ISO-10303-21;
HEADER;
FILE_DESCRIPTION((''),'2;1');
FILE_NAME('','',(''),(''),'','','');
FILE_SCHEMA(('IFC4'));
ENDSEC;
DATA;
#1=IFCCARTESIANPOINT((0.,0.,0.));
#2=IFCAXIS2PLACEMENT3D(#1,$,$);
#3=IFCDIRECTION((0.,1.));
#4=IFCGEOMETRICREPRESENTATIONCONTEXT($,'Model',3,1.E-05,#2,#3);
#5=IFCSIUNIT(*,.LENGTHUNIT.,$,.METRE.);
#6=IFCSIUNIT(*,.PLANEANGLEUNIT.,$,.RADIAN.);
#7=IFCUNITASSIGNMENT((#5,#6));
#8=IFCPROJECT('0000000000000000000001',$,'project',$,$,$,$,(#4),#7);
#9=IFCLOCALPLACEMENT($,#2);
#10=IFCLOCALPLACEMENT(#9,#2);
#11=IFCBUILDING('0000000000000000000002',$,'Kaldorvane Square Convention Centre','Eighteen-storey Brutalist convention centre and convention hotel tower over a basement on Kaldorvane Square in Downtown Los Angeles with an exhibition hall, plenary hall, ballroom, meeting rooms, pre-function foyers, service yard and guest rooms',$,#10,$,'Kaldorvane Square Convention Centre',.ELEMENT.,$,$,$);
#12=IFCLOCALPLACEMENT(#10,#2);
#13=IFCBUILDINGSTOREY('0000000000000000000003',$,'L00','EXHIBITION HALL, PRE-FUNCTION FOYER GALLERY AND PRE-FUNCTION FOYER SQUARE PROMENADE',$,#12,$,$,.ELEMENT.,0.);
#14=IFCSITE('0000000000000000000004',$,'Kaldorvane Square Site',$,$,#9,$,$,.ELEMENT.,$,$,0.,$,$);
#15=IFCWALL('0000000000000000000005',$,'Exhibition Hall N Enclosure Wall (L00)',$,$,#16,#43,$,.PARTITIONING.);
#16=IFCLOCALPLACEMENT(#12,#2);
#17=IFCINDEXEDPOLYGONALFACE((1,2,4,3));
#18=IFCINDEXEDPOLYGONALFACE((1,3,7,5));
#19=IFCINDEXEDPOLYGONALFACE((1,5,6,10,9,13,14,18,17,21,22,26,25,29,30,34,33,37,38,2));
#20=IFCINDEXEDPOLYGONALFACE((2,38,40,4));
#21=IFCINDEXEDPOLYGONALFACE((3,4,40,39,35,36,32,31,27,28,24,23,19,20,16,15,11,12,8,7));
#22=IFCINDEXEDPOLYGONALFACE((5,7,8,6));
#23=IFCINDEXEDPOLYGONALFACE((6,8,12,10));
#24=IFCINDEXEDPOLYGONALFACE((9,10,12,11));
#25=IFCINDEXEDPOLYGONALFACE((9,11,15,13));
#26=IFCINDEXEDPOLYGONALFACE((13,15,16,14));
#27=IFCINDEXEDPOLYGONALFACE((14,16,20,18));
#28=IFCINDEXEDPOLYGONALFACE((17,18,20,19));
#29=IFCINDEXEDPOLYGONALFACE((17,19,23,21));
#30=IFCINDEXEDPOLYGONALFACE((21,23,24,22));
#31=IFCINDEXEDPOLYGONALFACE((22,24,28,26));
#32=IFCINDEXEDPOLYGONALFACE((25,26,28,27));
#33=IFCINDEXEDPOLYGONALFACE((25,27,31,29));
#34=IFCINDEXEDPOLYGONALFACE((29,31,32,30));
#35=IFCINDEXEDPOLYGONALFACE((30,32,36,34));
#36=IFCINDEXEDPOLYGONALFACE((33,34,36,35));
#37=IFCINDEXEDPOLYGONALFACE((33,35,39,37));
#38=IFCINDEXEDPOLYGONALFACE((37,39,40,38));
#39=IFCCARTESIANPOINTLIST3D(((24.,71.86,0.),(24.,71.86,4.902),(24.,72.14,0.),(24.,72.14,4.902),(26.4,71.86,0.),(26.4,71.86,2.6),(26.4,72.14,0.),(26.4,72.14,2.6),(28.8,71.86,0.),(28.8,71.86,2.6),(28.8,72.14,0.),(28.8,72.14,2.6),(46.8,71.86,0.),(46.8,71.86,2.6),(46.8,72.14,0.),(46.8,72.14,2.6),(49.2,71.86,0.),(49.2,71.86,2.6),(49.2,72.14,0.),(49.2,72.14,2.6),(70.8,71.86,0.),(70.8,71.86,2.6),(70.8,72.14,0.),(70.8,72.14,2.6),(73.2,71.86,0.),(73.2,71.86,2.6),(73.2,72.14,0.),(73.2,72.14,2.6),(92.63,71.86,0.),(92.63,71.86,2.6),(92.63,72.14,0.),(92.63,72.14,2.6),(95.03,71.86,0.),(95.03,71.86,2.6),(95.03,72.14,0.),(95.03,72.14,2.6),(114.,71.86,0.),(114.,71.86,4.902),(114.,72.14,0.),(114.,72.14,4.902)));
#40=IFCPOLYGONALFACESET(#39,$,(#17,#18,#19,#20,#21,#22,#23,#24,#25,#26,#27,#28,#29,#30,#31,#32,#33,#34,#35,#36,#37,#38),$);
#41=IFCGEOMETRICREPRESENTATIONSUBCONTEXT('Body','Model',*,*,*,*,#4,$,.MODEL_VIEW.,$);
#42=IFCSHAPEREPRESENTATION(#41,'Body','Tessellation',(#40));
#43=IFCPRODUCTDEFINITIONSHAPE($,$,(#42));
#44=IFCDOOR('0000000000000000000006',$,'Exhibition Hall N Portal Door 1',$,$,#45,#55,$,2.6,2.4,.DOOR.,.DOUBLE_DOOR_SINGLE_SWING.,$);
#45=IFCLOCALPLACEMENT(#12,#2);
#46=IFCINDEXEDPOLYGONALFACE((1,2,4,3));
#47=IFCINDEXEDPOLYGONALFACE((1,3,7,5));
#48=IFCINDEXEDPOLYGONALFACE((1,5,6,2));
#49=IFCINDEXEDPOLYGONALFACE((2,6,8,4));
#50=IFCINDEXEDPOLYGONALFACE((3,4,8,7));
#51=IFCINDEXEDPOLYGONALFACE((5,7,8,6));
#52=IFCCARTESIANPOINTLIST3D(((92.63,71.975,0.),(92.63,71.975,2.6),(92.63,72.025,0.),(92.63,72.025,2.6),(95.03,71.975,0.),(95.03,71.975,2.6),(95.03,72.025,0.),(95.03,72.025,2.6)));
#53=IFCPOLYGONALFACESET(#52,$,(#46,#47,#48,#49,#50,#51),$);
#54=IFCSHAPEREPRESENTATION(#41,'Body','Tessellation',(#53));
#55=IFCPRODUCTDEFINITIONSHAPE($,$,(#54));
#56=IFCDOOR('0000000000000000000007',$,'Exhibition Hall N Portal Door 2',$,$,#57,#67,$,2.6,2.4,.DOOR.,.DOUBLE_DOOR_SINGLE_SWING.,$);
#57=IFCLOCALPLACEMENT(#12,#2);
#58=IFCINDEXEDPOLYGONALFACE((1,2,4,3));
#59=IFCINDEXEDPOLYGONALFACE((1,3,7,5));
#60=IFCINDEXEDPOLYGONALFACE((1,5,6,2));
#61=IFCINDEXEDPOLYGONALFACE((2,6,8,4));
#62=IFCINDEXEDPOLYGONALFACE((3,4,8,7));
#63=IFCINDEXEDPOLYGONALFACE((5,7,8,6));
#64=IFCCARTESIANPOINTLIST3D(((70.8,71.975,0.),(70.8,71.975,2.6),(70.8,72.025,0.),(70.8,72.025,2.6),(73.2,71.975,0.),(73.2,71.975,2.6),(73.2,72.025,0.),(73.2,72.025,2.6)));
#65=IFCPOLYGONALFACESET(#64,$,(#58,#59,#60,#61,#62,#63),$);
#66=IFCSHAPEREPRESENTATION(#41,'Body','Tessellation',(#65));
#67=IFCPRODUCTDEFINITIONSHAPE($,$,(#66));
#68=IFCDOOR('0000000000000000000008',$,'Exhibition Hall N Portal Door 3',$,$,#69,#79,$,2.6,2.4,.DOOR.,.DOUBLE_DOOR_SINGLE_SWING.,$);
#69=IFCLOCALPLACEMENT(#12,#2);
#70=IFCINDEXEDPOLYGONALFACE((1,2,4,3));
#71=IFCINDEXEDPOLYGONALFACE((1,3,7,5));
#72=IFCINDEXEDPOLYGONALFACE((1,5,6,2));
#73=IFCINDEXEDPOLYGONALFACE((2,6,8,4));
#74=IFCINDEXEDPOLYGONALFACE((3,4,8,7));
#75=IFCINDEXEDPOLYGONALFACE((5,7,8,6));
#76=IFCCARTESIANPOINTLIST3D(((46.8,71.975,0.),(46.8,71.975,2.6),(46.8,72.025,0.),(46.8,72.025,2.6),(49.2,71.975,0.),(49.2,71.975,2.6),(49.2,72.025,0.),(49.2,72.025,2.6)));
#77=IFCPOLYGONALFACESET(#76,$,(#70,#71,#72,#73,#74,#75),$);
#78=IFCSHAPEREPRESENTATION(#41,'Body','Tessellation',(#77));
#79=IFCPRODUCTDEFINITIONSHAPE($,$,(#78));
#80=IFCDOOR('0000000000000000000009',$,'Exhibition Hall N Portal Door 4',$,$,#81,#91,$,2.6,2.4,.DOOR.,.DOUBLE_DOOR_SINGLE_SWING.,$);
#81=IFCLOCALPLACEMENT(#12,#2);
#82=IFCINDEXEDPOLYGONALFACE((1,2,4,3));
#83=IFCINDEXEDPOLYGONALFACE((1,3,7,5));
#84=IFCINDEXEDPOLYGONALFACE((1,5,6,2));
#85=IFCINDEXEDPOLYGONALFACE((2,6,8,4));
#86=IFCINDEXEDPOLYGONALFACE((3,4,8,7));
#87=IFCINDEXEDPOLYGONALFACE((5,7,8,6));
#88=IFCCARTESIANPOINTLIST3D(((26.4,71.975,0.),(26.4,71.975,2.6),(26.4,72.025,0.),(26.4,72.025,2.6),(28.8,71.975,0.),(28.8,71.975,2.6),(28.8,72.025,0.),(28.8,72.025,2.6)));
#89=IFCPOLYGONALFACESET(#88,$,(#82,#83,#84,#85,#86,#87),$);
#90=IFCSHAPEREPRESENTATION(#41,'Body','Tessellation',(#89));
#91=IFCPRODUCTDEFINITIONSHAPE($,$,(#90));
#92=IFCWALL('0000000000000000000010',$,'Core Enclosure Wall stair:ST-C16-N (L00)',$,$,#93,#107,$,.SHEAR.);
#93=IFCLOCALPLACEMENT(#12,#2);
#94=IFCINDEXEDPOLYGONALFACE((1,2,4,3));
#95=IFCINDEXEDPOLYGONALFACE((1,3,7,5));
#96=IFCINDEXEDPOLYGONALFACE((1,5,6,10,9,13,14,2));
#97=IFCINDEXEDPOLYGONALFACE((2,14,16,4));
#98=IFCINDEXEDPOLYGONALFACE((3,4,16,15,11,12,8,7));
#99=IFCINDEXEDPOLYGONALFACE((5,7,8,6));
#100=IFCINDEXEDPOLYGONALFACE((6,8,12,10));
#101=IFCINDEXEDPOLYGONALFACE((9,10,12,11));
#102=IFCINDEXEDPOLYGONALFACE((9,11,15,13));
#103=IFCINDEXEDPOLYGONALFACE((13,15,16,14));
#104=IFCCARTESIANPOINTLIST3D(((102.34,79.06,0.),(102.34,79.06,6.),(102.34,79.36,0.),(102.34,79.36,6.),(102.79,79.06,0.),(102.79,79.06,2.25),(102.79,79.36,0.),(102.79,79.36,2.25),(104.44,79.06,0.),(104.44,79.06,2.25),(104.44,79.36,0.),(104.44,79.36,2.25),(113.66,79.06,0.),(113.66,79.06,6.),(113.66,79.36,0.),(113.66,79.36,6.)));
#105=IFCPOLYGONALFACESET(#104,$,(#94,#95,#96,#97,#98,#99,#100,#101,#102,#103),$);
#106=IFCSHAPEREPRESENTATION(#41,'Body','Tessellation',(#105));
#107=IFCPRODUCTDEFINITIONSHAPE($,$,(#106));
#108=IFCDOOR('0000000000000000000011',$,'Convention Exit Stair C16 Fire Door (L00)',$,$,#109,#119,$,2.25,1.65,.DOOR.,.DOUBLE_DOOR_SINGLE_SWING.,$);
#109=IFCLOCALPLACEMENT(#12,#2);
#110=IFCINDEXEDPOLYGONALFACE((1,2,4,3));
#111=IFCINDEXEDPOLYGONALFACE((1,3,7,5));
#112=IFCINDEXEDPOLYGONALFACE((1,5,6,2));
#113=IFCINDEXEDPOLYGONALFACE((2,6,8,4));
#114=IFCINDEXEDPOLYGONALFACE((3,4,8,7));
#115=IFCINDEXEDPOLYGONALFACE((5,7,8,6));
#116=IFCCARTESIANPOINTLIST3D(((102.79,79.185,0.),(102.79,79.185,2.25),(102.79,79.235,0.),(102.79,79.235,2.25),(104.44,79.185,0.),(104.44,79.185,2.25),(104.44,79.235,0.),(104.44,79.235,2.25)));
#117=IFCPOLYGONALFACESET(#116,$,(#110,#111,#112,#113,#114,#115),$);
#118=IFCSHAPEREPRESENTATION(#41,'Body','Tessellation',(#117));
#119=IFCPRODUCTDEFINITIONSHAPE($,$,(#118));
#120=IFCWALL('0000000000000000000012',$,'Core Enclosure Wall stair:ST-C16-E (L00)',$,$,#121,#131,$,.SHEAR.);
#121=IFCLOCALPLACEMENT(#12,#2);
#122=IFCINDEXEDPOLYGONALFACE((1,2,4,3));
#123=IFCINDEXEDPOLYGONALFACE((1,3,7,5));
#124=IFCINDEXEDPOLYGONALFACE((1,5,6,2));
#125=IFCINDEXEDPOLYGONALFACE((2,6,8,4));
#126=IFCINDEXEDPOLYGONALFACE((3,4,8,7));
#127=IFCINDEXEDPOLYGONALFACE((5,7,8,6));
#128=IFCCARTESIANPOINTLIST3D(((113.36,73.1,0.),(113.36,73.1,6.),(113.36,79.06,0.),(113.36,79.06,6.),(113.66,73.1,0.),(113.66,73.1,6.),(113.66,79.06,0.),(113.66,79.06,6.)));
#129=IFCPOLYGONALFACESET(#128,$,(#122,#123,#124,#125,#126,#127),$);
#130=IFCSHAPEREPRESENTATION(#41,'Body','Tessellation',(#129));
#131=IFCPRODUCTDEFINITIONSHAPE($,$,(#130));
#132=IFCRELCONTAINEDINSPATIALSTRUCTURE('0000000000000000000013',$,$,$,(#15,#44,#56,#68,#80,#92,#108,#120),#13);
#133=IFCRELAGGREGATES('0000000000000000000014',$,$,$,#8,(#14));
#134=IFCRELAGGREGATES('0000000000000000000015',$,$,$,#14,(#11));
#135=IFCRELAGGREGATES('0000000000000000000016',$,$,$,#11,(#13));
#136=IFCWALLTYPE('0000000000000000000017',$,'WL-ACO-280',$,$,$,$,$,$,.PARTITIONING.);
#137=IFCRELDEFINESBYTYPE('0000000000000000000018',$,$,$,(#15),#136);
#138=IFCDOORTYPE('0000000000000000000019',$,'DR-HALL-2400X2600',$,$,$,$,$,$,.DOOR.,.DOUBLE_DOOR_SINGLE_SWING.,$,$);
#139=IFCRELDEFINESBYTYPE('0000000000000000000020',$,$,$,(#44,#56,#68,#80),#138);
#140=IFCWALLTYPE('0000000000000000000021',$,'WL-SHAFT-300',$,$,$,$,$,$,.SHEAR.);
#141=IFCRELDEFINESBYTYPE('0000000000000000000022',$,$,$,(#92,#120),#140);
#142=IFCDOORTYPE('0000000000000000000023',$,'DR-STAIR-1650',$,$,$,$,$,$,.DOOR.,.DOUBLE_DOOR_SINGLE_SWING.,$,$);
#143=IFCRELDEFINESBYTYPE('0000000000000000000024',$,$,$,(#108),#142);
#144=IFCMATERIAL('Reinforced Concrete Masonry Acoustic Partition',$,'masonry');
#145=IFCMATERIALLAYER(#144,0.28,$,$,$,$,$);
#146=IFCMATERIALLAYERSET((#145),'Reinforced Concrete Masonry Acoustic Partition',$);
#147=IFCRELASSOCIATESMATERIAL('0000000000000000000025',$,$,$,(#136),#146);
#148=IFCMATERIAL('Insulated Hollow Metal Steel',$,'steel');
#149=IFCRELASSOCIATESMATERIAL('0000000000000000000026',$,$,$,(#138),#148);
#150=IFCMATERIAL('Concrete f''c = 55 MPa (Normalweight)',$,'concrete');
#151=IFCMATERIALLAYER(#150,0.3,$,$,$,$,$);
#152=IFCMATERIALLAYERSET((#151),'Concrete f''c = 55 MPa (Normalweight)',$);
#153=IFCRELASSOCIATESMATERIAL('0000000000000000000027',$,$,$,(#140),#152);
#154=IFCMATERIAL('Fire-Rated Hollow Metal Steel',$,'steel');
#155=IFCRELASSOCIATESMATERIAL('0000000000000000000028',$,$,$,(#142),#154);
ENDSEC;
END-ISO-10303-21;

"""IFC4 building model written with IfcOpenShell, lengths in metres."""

from ifc_helpers import new_model, si_unit, direction, frame, frame_2d, origin, place, context, subcontext, project, spatial, rectangle, extrude, material, layer, layer_set, type_object, element, fill, save


model = new_model("IFC4")

# Units and contexts
model_context = context("Model", 3, precision=1e-05, world=origin(), true_north=direction((0.0, 1.0)))
body_context = subcontext(model_context, "Body", "Model", "MODEL_VIEW")
ifc_project = project(units=[si_unit("LENGTHUNIT", "METRE"), si_unit("PLANEANGLEUNIT", "RADIAN")], contexts=[model_context])

# Site, building, storey
site_placement = place(None, origin())
site = spatial("IfcSite", under=ifc_project, at=site_placement, Name="Kaldorvane Square Site", CompositionType="ELEMENT", RefElevation=0.0)
building_placement = place(site_placement, origin())
building = spatial("IfcBuilding", under=site, at=building_placement, Name="Kaldorvane Square Convention Centre", Description="Eighteen-storey Brutalist convention centre and convention hotel tower over a basement on Kaldorvane Square in Downtown Los Angeles with an exhibition hall, plenary hall, ballroom, meeting rooms, pre-function foyers, service yard and guest rooms", LongName="Kaldorvane Square Convention Centre", CompositionType="ELEMENT")
storey_placement = place(building_placement, origin())
storey = spatial("IfcBuildingStorey", under=building, at=storey_placement, Name="L00", Description="EXHIBITION HALL, PRE-FUNCTION FOYER GALLERY AND PRE-FUNCTION FOYER SQUARE PROMENADE", CompositionType="ELEMENT", Elevation=0.0)

# Shared definitions
ifc_material_1 = material(Name="Concrete f'c = 55 MPa (Normalweight)", Category="concrete")

# Wall, openings, doors
ifc_material_2 = material(Name="Reinforced Concrete Masonry Acoustic Partition", Category="masonry")
ifc_layer_1 = layer(ifc_material_2, 0.28)
ifc_layer_set_1 = layer_set([ifc_layer_1], Name="Reinforced Concrete Masonry Acoustic Partition")
wall_type_1 = type_object("IfcWallType", Name="WL-ACO-280", PredefinedType="PARTITIONING", material=ifc_layer_set_1)
wall_1_placement = place(storey_placement, frame((114.0, 72.0, 0.0), z_axis=(0.0, 0.0, 1.0), x_axis=(-1.0, 0.0, 0.0)))
wall_1 = element("IfcWall", 1, at=wall_1_placement, inside=storey, type_object=wall_type_1, Name="Exhibition Hall N Enclosure Wall (L00)", PredefinedType="PARTITIONING", context=body_context, shape_type="SweptSolid", body=[
    extrude(rectangle(XDim=90.0, YDim=0.28, at=frame_2d((45.0, 0.0))), origin(), (0.0, 0.0, 1.0), 4.902),
])
opening_1_placement = place(wall_1_placement, frame((18.97, 0.0, 0.0)))
opening_1 = element("IfcOpeningElement", 2, at=opening_1_placement, cuts=wall_1, PredefinedType="OPENING", context=body_context, shape_type="SweptSolid", body=[
    extrude(rectangle(XDim=2.4, YDim=2.6, at=frame_2d((1.2, 1.3))), frame((0.0, 0.155, 0.0), z_axis=(0.0, -1.0, 0.0), x_axis=(1.0, 0.0, 0.0)), (0.0, 0.0, 1.0), 0.31),
])
opening_2_placement = place(wall_1_placement, frame((40.8, 0.0, 0.0)))
opening_2 = element("IfcOpeningElement", 3, at=opening_2_placement, cuts=wall_1, PredefinedType="OPENING", context=body_context, shape_type="SweptSolid", body=[
    extrude(rectangle(XDim=2.4, YDim=2.6, at=frame_2d((1.2, 1.3))), frame((0.0, 0.155, 0.0), z_axis=(0.0, -1.0, 0.0), x_axis=(1.0, 0.0, 0.0)), (0.0, 0.0, 1.0), 0.31),
])
opening_3_placement = place(wall_1_placement, frame((64.8, 0.0, 0.0)))
opening_3 = element("IfcOpeningElement", 4, at=opening_3_placement, cuts=wall_1, PredefinedType="OPENING", context=body_context, shape_type="SweptSolid", body=[
    extrude(rectangle(XDim=2.4, YDim=2.6, at=frame_2d((1.2, 1.3))), frame((0.0, 0.155, 0.0), z_axis=(0.0, -1.0, 0.0), x_axis=(1.0, 0.0, 0.0)), (0.0, 0.0, 1.0), 0.31),
])
opening_4_placement = place(wall_1_placement, frame((85.2, 0.0, 0.0)))
opening_4 = element("IfcOpeningElement", 5, at=opening_4_placement, cuts=wall_1, PredefinedType="OPENING", context=body_context, shape_type="SweptSolid", body=[
    extrude(rectangle(XDim=2.4, YDim=2.6, at=frame_2d((1.2, 1.3))), frame((0.0, 0.155, 0.0), z_axis=(0.0, -1.0, 0.0), x_axis=(1.0, 0.0, 0.0)), (0.0, 0.0, 1.0), 0.31),
])
ifc_material_3 = material(Name="Insulated Hollow Metal Steel", Category="steel")
door_type_1 = type_object("IfcDoorType", Name="DR-HALL-2400X2600", OperationType="DOUBLE_DOOR_SINGLE_SWING", PredefinedType="DOOR", material=ifc_material_3)
door_1_placement = place(opening_1_placement, origin())
door_1 = element("IfcDoor", 6, at=door_1_placement, inside=storey, type_object=door_type_1, Name="Exhibition Hall N Portal Door 1", OperationType="DOUBLE_DOOR_SINGLE_SWING", OverallHeight=2.6, OverallWidth=2.4, PredefinedType="DOOR", context=body_context, shape_type="SweptSolid", body=[
    extrude(rectangle(XDim=2.4, YDim=2.6, at=frame_2d((1.2, 1.3))), frame((0.0, 0.025, 0.0), z_axis=(0.0, -1.0, 0.0), x_axis=(1.0, 0.0, 0.0)), (0.0, 0.0, 1.0), 0.05),
])
fill(opening_1, door_1)
door_2_placement = place(opening_2_placement, origin())
door_2 = element("IfcDoor", 7, at=door_2_placement, inside=storey, type_object=door_type_1, Name="Exhibition Hall N Portal Door 2", OperationType="DOUBLE_DOOR_SINGLE_SWING", OverallHeight=2.6, OverallWidth=2.4, PredefinedType="DOOR", context=body_context, shape_type="SweptSolid", body=[
    extrude(rectangle(XDim=2.4, YDim=2.6, at=frame_2d((1.2, 1.3))), frame((0.0, 0.025, 0.0), z_axis=(0.0, -1.0, 0.0), x_axis=(1.0, 0.0, 0.0)), (0.0, 0.0, 1.0), 0.05),
])
fill(opening_2, door_2)
door_3_placement = place(opening_3_placement, origin())
door_3 = element("IfcDoor", 8, at=door_3_placement, inside=storey, type_object=door_type_1, Name="Exhibition Hall N Portal Door 3", OperationType="DOUBLE_DOOR_SINGLE_SWING", OverallHeight=2.6, OverallWidth=2.4, PredefinedType="DOOR", context=body_context, shape_type="SweptSolid", body=[
    extrude(rectangle(XDim=2.4, YDim=2.6, at=frame_2d((1.2, 1.3))), frame((0.0, 0.025, 0.0), z_axis=(0.0, -1.0, 0.0), x_axis=(1.0, 0.0, 0.0)), (0.0, 0.0, 1.0), 0.05),
])
fill(opening_3, door_3)
door_4_placement = place(opening_4_placement, origin())
door_4 = element("IfcDoor", 9, at=door_4_placement, inside=storey, type_object=door_type_1, Name="Exhibition Hall N Portal Door 4", OperationType="DOUBLE_DOOR_SINGLE_SWING", OverallHeight=2.6, OverallWidth=2.4, PredefinedType="DOOR", context=body_context, shape_type="SweptSolid", body=[
    extrude(rectangle(XDim=2.4, YDim=2.6, at=frame_2d((1.2, 1.3))), frame((0.0, 0.025, 0.0), z_axis=(0.0, -1.0, 0.0), x_axis=(1.0, 0.0, 0.0)), (0.0, 0.0, 1.0), 0.05),
])
fill(opening_4, door_4)

# Wall, opening, door
ifc_layer_2 = layer(ifc_material_1, 0.3)
ifc_layer_set_2 = layer_set([ifc_layer_2], Name="Concrete f'c = 55 MPa (Normalweight)")
wall_type_2 = type_object("IfcWallType", Name="WL-SHAFT-300", PredefinedType="SHEAR", material=ifc_layer_set_2)
wall_2_placement = place(storey_placement, frame((113.66, 79.21, 0.0), z_axis=(0.0, 0.0, 1.0), x_axis=(-1.0, 0.0, 0.0)))
wall_2 = element("IfcWall", 10, at=wall_2_placement, inside=storey, type_object=wall_type_2, Name="Core Enclosure Wall stair:ST-C16-N (L00)", PredefinedType="SHEAR", context=body_context, shape_type="SweptSolid", body=[
    extrude(rectangle(XDim=11.32, YDim=0.3, at=frame_2d((5.66, 0.0))), origin(), (0.0, 0.0, 1.0), 6.0),
])
opening_5_placement = place(wall_2_placement, frame((9.22, 0.0, 0.0)))
opening_5 = element("IfcOpeningElement", 11, at=opening_5_placement, cuts=wall_2, PredefinedType="OPENING", context=body_context, shape_type="SweptSolid", body=[
    extrude(rectangle(XDim=1.65, YDim=2.25, at=frame_2d((0.825, 1.125))), frame((0.0, 0.165, 0.0), z_axis=(0.0, -1.0, 0.0), x_axis=(1.0, 0.0, 0.0)), (0.0, 0.0, 1.0), 0.33),
])
ifc_material_4 = material(Name="Fire-Rated Hollow Metal Steel", Category="steel")
door_type_2 = type_object("IfcDoorType", Name="DR-STAIR-1650", OperationType="DOUBLE_DOOR_SINGLE_SWING", PredefinedType="DOOR", material=ifc_material_4)
door_5_placement = place(opening_5_placement, origin())
door_5 = element("IfcDoor", 12, at=door_5_placement, inside=storey, type_object=door_type_2, Name="Convention Exit Stair C16 Fire Door (L00)", OperationType="DOUBLE_DOOR_SINGLE_SWING", OverallHeight=2.25, OverallWidth=1.65, PredefinedType="DOOR", context=body_context, shape_type="SweptSolid", body=[
    extrude(rectangle(XDim=1.65, YDim=2.25, at=frame_2d((0.825, 1.125))), frame((0.0, 0.025, 0.0), z_axis=(0.0, -1.0, 0.0), x_axis=(1.0, 0.0, 0.0)), (0.0, 0.0, 1.0), 0.05),
])
fill(opening_5, door_5)

# Wall
wall_3_placement = place(storey_placement, frame((113.51, 73.1, 0.0), z_axis=(0.0, 0.0, 1.0), x_axis=(0.0, 1.0, 0.0)))
element("IfcWall", 13, at=wall_3_placement, inside=storey, type_object=wall_type_2, Name="Core Enclosure Wall stair:ST-C16-E (L00)", PredefinedType="SHEAR", context=body_context, shape_type="SweptSolid", body=[
    extrude(rectangle(XDim=5.96, YDim=0.3, at=frame_2d((2.98, 0.0))), origin(), (0.0, 0.0, 1.0), 6.0),
])

save(model, "model.ifc")
